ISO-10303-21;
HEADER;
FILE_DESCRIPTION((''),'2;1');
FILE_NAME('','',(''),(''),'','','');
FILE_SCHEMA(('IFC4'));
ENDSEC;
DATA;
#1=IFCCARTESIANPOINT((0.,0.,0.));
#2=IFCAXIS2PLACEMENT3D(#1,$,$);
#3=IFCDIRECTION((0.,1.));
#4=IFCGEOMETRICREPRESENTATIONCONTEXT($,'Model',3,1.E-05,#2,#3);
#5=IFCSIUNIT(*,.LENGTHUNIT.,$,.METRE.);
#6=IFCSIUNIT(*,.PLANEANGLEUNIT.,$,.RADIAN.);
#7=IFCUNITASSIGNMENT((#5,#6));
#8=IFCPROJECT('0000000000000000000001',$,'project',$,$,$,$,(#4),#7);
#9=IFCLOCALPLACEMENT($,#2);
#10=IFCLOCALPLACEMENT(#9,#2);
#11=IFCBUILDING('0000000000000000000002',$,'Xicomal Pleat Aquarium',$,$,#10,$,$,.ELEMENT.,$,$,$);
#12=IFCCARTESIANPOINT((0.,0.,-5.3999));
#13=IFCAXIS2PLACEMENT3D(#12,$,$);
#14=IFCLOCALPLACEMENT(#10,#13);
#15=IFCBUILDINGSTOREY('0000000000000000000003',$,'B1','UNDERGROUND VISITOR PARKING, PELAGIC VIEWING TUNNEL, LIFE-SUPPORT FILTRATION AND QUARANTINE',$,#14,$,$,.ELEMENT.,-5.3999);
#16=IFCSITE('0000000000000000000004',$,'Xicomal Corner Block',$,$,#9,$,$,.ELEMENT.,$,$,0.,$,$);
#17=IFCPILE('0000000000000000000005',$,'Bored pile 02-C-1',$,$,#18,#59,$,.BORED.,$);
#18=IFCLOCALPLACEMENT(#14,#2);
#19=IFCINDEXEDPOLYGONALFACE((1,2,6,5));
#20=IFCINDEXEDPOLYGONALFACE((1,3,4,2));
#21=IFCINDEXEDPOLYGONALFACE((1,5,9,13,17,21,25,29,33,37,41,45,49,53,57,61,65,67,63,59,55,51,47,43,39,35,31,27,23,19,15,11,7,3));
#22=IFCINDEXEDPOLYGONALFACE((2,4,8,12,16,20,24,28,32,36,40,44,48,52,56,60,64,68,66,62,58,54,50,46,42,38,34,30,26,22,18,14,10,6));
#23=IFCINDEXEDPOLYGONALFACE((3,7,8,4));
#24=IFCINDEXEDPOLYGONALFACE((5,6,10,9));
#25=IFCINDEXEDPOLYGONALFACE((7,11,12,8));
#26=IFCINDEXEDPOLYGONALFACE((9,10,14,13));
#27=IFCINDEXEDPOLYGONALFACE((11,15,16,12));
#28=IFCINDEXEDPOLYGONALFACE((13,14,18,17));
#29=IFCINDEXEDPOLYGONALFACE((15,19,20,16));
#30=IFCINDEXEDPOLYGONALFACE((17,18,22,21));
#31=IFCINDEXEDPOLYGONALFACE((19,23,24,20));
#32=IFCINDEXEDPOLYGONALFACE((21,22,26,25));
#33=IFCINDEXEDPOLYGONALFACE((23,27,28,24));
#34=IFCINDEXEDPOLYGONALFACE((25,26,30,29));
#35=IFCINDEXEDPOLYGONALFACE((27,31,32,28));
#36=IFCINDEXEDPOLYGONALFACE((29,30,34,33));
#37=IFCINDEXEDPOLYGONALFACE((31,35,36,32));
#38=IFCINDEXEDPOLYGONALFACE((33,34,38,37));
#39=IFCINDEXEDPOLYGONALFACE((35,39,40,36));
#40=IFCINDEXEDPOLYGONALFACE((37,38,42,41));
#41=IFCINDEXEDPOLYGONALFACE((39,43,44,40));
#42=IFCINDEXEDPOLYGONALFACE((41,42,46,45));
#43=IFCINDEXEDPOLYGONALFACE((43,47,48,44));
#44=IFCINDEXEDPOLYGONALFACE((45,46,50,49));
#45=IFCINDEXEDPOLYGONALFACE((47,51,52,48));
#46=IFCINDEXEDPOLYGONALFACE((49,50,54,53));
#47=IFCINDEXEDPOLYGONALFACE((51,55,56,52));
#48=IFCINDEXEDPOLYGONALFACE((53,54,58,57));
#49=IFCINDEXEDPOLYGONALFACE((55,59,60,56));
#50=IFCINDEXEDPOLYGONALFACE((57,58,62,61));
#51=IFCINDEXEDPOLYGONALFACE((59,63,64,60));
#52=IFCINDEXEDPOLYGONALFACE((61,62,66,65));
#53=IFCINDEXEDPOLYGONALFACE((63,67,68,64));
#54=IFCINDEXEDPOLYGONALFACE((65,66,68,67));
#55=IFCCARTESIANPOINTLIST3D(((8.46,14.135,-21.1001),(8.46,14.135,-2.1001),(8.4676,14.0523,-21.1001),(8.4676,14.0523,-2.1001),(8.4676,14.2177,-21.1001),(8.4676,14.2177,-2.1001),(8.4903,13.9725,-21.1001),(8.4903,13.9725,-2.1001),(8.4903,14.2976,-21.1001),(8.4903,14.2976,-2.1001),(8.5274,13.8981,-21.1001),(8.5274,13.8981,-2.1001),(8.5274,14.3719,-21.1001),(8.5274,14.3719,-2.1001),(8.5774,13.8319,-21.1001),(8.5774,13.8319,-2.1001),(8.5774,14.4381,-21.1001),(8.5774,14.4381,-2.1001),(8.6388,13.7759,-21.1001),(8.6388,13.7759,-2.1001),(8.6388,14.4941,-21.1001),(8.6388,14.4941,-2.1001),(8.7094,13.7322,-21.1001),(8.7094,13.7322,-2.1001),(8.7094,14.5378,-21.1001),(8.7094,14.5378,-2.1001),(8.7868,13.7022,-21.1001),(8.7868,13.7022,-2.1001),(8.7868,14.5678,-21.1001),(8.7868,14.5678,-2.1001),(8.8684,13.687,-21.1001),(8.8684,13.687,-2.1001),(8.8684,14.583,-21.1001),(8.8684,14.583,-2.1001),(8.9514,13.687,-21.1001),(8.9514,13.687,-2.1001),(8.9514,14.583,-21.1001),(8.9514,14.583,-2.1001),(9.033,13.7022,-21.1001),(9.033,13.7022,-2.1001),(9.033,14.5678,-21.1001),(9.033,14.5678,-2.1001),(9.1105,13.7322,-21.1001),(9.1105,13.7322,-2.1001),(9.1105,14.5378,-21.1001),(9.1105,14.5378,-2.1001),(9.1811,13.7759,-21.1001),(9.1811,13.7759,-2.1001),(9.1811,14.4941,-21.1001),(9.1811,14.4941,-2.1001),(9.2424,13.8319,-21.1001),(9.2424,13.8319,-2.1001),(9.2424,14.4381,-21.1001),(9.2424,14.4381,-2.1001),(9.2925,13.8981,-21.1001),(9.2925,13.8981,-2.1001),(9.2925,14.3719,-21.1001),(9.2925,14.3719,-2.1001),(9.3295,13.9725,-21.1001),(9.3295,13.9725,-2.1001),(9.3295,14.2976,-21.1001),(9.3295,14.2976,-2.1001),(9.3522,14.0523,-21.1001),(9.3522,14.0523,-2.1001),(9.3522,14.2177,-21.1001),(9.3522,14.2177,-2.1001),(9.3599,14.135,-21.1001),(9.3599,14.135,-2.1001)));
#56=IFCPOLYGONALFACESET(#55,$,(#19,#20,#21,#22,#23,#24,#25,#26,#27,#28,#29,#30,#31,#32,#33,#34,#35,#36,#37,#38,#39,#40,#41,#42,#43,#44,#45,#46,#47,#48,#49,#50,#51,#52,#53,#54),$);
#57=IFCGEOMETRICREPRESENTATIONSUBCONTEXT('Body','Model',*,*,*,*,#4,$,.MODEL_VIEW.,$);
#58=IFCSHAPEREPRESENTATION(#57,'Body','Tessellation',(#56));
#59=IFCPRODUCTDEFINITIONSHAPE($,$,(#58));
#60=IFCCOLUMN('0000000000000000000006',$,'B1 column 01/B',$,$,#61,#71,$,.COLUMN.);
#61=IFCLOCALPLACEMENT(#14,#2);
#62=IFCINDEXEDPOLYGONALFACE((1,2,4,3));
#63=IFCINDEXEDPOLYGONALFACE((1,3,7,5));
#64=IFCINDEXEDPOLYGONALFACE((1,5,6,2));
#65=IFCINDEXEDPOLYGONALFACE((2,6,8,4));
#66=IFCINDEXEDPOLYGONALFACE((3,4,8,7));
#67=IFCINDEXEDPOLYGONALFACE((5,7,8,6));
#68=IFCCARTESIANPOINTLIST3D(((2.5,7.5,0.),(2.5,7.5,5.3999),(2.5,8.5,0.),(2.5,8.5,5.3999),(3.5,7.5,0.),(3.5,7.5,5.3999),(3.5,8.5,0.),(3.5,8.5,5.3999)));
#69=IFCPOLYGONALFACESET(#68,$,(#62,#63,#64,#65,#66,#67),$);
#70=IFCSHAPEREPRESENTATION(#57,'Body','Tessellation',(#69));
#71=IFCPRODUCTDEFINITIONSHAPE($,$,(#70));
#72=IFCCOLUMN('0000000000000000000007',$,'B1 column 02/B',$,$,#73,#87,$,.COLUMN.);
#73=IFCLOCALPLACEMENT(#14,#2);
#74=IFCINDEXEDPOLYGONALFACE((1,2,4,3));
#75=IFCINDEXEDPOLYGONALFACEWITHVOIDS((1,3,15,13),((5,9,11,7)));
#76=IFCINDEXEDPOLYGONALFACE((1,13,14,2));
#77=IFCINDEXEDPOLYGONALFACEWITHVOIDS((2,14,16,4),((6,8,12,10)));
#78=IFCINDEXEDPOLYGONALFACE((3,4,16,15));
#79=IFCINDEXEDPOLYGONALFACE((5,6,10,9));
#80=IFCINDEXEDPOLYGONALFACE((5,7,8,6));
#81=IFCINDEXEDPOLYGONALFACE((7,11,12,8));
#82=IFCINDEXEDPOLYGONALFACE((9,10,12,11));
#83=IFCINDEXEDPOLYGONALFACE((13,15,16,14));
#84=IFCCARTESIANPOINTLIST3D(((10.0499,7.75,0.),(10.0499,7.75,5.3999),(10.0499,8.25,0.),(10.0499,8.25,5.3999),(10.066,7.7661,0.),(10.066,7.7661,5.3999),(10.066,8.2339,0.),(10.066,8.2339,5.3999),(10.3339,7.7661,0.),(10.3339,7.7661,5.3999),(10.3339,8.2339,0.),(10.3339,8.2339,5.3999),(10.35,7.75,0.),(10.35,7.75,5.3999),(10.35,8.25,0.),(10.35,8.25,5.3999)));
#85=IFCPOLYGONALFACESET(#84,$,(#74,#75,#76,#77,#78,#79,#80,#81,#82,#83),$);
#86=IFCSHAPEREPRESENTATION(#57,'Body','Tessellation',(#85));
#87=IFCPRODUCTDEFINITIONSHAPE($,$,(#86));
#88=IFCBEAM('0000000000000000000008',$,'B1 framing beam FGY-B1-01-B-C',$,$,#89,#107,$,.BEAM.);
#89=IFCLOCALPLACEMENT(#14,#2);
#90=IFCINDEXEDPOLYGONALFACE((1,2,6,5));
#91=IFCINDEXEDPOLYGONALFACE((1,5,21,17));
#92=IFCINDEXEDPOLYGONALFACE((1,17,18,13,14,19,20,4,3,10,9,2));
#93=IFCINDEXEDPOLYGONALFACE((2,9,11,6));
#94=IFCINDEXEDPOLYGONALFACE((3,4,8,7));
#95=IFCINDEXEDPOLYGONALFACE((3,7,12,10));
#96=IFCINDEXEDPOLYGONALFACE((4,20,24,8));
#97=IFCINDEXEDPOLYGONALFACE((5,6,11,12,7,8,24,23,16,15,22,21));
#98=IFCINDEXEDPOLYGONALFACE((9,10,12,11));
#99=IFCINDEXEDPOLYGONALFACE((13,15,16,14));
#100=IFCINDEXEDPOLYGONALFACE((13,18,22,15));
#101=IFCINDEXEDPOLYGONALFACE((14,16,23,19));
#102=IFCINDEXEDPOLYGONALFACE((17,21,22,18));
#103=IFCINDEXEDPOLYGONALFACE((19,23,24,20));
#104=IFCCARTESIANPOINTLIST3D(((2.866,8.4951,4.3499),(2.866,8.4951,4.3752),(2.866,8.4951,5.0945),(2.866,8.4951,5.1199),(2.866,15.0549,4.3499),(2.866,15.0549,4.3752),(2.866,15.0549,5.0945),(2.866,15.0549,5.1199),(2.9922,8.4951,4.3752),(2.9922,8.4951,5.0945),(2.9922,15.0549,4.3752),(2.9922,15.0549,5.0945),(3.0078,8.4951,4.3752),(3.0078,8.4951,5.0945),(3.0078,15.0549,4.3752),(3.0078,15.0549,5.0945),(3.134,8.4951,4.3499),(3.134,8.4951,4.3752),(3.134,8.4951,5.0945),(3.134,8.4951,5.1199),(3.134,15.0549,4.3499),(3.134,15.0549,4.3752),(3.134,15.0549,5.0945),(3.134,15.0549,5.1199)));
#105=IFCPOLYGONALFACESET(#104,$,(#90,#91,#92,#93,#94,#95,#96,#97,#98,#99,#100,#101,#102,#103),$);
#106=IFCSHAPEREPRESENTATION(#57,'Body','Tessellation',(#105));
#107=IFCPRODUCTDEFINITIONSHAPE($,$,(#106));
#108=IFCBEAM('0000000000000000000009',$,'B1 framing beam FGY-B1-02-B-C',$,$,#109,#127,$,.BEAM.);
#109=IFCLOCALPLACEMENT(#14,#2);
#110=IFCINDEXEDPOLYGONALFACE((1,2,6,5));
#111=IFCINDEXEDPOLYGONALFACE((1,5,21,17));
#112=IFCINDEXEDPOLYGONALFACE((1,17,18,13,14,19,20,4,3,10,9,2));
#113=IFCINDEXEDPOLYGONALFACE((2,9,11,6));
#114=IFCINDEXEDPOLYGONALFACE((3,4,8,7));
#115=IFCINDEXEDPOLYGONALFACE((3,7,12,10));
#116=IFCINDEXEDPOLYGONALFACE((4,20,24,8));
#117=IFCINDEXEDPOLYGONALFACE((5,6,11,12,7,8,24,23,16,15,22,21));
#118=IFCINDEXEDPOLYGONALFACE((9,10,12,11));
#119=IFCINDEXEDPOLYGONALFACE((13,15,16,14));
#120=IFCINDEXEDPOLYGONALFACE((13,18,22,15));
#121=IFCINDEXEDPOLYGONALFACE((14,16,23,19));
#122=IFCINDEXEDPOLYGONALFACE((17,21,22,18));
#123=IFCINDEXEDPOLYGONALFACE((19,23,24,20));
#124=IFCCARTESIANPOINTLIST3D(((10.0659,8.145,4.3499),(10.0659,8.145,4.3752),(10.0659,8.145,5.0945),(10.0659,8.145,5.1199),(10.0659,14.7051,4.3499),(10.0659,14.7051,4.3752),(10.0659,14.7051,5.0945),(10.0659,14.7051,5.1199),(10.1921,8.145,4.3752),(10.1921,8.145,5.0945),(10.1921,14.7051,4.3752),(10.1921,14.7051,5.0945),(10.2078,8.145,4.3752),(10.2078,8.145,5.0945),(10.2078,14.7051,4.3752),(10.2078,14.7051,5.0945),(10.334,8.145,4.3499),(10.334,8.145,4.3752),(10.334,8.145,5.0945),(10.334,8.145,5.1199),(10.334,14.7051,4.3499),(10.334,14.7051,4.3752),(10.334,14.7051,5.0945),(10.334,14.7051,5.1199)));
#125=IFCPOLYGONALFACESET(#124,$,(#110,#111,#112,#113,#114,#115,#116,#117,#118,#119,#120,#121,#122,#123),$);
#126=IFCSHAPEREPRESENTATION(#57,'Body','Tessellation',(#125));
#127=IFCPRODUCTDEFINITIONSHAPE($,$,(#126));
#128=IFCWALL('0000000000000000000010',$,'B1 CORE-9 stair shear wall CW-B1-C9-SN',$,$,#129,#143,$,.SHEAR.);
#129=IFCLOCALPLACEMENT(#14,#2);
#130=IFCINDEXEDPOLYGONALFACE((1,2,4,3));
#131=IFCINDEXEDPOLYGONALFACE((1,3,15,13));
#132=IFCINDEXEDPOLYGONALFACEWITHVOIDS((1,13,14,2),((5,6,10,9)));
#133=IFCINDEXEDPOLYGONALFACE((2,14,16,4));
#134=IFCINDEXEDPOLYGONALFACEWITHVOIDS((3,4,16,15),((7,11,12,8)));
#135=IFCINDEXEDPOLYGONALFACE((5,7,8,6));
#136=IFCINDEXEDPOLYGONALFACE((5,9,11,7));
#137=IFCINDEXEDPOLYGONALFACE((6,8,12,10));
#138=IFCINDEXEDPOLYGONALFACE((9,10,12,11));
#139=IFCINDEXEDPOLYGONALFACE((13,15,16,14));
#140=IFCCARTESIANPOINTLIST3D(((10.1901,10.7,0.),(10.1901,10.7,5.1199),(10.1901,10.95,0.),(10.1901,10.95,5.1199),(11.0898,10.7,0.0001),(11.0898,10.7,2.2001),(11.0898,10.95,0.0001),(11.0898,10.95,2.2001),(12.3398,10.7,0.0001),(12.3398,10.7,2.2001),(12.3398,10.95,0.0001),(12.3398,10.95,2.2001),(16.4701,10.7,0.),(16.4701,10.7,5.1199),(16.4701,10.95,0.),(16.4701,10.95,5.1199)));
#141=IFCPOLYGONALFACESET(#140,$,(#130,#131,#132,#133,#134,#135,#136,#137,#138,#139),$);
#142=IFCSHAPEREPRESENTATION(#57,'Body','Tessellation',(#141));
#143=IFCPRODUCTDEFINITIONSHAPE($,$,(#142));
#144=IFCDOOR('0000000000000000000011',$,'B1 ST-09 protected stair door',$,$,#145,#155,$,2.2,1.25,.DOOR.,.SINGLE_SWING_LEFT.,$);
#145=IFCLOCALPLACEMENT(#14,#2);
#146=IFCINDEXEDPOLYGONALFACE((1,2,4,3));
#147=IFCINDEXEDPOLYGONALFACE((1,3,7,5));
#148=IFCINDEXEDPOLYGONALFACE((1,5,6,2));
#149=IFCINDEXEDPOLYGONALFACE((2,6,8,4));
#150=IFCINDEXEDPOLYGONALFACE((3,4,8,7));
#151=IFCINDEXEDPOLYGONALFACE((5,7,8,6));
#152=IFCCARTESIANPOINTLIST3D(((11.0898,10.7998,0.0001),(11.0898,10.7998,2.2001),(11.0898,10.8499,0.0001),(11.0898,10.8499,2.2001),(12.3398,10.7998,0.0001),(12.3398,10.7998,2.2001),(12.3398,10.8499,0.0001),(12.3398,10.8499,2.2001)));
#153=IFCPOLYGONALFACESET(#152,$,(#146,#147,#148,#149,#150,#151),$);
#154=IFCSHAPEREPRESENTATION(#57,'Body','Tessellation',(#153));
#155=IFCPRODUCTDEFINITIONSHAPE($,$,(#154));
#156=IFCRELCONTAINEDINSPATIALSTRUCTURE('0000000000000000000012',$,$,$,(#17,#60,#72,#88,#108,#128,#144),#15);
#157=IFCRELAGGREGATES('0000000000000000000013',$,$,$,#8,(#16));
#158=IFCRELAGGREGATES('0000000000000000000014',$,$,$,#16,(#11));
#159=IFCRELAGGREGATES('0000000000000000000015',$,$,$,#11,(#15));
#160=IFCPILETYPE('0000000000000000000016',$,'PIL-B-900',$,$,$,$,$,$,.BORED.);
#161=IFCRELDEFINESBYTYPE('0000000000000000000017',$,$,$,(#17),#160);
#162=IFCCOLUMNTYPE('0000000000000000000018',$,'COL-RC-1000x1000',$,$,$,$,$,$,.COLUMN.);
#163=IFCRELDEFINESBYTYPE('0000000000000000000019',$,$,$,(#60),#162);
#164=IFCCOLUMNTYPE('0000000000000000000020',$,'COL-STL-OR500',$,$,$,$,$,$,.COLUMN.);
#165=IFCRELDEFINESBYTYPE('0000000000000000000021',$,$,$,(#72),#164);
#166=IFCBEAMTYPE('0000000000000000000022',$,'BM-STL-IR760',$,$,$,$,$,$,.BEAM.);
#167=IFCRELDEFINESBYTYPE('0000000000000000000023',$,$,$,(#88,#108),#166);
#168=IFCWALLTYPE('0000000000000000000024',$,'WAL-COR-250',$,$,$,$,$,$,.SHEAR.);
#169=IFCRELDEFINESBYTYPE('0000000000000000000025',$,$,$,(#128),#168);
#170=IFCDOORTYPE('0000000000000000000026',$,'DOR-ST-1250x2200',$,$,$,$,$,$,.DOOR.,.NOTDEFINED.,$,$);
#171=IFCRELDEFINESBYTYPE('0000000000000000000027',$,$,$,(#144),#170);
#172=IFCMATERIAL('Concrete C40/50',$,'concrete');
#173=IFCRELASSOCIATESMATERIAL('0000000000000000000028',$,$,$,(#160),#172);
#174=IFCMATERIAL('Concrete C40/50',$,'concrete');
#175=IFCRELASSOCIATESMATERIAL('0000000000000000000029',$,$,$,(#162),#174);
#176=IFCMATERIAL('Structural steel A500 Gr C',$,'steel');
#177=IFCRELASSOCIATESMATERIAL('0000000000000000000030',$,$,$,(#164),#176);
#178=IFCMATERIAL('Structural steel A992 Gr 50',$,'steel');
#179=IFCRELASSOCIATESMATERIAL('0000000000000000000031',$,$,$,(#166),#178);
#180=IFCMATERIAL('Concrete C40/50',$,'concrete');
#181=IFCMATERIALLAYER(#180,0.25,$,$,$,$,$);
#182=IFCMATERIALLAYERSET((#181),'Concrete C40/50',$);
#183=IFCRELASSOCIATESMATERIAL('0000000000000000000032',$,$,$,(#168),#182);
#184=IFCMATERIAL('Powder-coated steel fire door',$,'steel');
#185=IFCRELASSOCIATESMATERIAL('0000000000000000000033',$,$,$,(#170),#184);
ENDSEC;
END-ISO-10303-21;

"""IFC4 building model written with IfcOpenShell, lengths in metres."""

from ifc_helpers import new_model, si_unit, direction, frame, frame_2d, origin, origin_2d, place, context, subcontext, project, spatial, rectangle, hollow_rectangle, circle, i_section, extrude, material, layer, layer_set, material_profile, profile_set, type_object, element, fill, save


model = new_model("IFC4")

# Units and contexts
model_context = context("Model", 3, precision=1e-05, world=origin(), true_north=direction((0.0, 1.0)))
body_context = subcontext(model_context, "Body", "Model", "MODEL_VIEW")
ifc_project = project(units=[si_unit("LENGTHUNIT", "METRE"), si_unit("PLANEANGLEUNIT", "RADIAN")], contexts=[model_context])

# Site, building, storey
site_placement = place(None, origin())
site = spatial("IfcSite", under=ifc_project, at=site_placement, Name="Xicomal Corner Block", CompositionType="ELEMENT", RefElevation=0.0)
building_placement = place(site_placement, origin())
building = spatial("IfcBuilding", under=site, at=building_placement, Name="Xicomal Pleat Aquarium", CompositionType="ELEMENT")
storey_placement = place(building_placement, frame((0.0, 0.0, -5.3999)))
storey = spatial("IfcBuildingStorey", under=building, at=storey_placement, Name="B1", Description="UNDERGROUND VISITOR PARKING, PELAGIC VIEWING TUNNEL, LIFE-SUPPORT FILTRATION AND QUARANTINE", CompositionType="ELEMENT", Elevation=-5.3999)

# Pile
ifc_material_1 = material(Name="Concrete C40/50", Category="concrete")
ifc_material_profile_1 = material_profile(ifc_material_1, circle(Radius=0.45, at=origin_2d()), Name="BORED PILE D900")
ifc_profile_set_1 = profile_set([ifc_material_profile_1], Name="Concrete C40/50")
pile_type_1 = type_object("IfcPileType", Name="PIL-B-900", PredefinedType="BORED", material=ifc_profile_set_1)
pile_1_placement = place(storey_placement, frame((8.9099, 14.135, -2.1001), z_axis=(0.0, 0.0, -1.0), x_axis=(1.0, 0.0, 0.0)))
element("IfcPile", 1, at=pile_1_placement, inside=storey, type_object=pile_type_1, Name="Bored pile 02-C-1", PredefinedType="BORED", context=body_context, shape_type="SweptSolid", body=[
    extrude(circle(Radius=0.45, at=origin_2d()), origin(), (0.0, 0.0, 1.0), 19.0),
])

# Columns
ifc_material_2 = material(Name="Concrete C40/50", Category="concrete")
ifc_material_profile_2 = material_profile(ifc_material_2, rectangle(XDim=1.0, YDim=1.0, at=origin_2d()), Name="RC 1000x1000")
ifc_profile_set_2 = profile_set([ifc_material_profile_2], Name="Concrete C40/50")
column_type_1 = type_object("IfcColumnType", Name="COL-RC-1000x1000", PredefinedType="COLUMN", material=ifc_profile_set_2)
column_1_placement = place(storey_placement, frame((3.0, 8.0, 0.0), z_axis=(0.0, 0.0, 1.0), x_axis=(1.0, 0.0, 0.0)))
element("IfcColumn", 2, at=column_1_placement, inside=storey, type_object=column_type_1, Name="B1 column 01/B", PredefinedType="COLUMN", context=body_context, shape_type="SweptSolid", body=[
    extrude(rectangle(XDim=1.0, YDim=1.0, at=origin_2d()), origin(), (0.0, 0.0, 1.0), 5.3999),
])
ifc_material_3 = material(Name="Structural steel A500 Gr C", Category="steel")
ifc_material_profile_3 = material_profile(ifc_material_3, hollow_rectangle(XDim=0.3, YDim=0.5, WallThickness=0.0161, at=origin_2d()), Name="OR 500x300x16")
ifc_profile_set_3 = profile_set([ifc_material_profile_3], Name="Structural steel A500 Gr C")
column_type_2 = type_object("IfcColumnType", Name="COL-STL-OR500", PredefinedType="COLUMN", material=ifc_profile_set_3)
column_2_placement = place(storey_placement, frame((10.2, 8.0, 0.0), z_axis=(0.0, 0.0, 1.0), x_axis=(1.0, 0.0, 0.0)))
element("IfcColumn", 3, at=column_2_placement, inside=storey, type_object=column_type_2, Name="B1 column 02/B", PredefinedType="COLUMN", context=body_context, shape_type="SweptSolid", body=[
    extrude(hollow_rectangle(XDim=0.3, YDim=0.5, WallThickness=0.0161, at=origin_2d()), origin(), (0.0, 0.0, 1.0), 5.3999),
])

# Beams
ifc_material_4 = material(Name="Structural steel A992 Gr 50", Category="steel")
ifc_material_profile_4 = material_profile(ifc_material_4, i_section(OverallWidth=0.2681, OverallDepth=0.77, WebThickness=0.0156, FlangeThickness=0.0254, at=origin_2d()), Name="IR 760x196")
ifc_profile_set_4 = profile_set([ifc_material_profile_4], Name="Structural steel A992 Gr 50")
beam_type = type_object("IfcBeamType", Name="BM-STL-IR760", PredefinedType="BEAM", material=ifc_profile_set_4)
beam_1_placement = place(storey_placement, frame((3.0, 8.4951, 4.7349), z_axis=(0.0, 1.0, 0.0), x_axis=(-1.0, 0.0, 0.0)))
element("IfcBeam", 4, at=beam_1_placement, inside=storey, type_object=beam_type, Name="B1 framing beam FGY-B1-01-B-C", PredefinedType="BEAM", context=body_context, shape_type="SweptSolid", body=[
    extrude(i_section(OverallWidth=0.2681, OverallDepth=0.77, WebThickness=0.0156, FlangeThickness=0.0254, at=origin_2d()), origin(), (0.0, 0.0, 1.0), 6.5598),
])
beam_2_placement = place(storey_placement, frame((10.2, 8.145, 4.7349), z_axis=(0.0, 1.0, 0.0), x_axis=(-1.0, 0.0, 0.0)))
element("IfcBeam", 5, at=beam_2_placement, inside=storey, type_object=beam_type, Name="B1 framing beam FGY-B1-02-B-C", PredefinedType="BEAM", context=body_context, shape_type="SweptSolid", body=[
    extrude(i_section(OverallWidth=0.2681, OverallDepth=0.77, WebThickness=0.0156, FlangeThickness=0.0254, at=origin_2d()), origin(), (0.0, 0.0, 1.0), 6.5601),
])

# Wall, opening, door
ifc_material_5 = material(Name="Concrete C40/50", Category="concrete")
ifc_layer_1 = layer(ifc_material_5, 0.25)
ifc_layer_set_1 = layer_set([ifc_layer_1], Name="Concrete C40/50")
wall_type_1 = type_object("IfcWallType", Name="WAL-COR-250", PredefinedType="SHEAR", material=ifc_layer_set_1)
wall_1_placement = place(storey_placement, frame((10.1899, 10.825, 0.0), z_axis=(0.0, 0.0, 1.0), x_axis=(1.0, 0.0, 0.0)))
wall_1 = element("IfcWall", 6, at=wall_1_placement, inside=storey, type_object=wall_type_1, Name="B1 CORE-9 stair shear wall CW-B1-C9-SN", PredefinedType="SHEAR", context=body_context, shape_type="SweptSolid", body=[
    extrude(rectangle(XDim=6.28, YDim=0.25, at=frame_2d((3.1401, 0.0))), origin(), (0.0, 0.0, 1.0), 5.1199),
])
opening_1_placement = place(wall_1_placement, frame((0.8999, 0.0, 0.0)))
opening_1 = element("IfcOpeningElement", 7, at=opening_1_placement, cuts=wall_1, PredefinedType="OPENING", context=body_context, shape_type="SweptSolid", body=[
    extrude(rectangle(XDim=1.25, YDim=2.2, at=frame_2d((0.625, 1.1001))), frame((0.0, 0.135, 0.0), z_axis=(0.0, -1.0, 0.0), x_axis=(1.0, 0.0, 0.0)), (0.0, 0.0, 1.0), 0.27),
])
ifc_material_6 = material(Name="Powder-coated steel fire door", Category="steel")
door_type_1 = type_object("IfcDoorType", Name="DOR-ST-1250x2200", OperationType="NOTDEFINED", PredefinedType="DOOR", material=ifc_material_6)
door_1_placement = place(opening_1_placement, origin())
door_1 = element("IfcDoor", 8, at=door_1_placement, inside=storey, type_object=door_type_1, Name="B1 ST-09 protected stair door", OperationType="SINGLE_SWING_LEFT", OverallHeight=2.2, OverallWidth=1.25, PredefinedType="DOOR", context=body_context, shape_type="SweptSolid", body=[
    extrude(rectangle(XDim=1.25, YDim=2.2, at=frame_2d((0.625, 1.1001))), frame((0.0, 0.0249, 0.0), z_axis=(0.0, -1.0, 0.0), x_axis=(1.0, 0.0, 0.0)), (0.0, 0.0, 1.0), 0.05),
])
fill(opening_1, door_1)

save(model, "model.ifc")
